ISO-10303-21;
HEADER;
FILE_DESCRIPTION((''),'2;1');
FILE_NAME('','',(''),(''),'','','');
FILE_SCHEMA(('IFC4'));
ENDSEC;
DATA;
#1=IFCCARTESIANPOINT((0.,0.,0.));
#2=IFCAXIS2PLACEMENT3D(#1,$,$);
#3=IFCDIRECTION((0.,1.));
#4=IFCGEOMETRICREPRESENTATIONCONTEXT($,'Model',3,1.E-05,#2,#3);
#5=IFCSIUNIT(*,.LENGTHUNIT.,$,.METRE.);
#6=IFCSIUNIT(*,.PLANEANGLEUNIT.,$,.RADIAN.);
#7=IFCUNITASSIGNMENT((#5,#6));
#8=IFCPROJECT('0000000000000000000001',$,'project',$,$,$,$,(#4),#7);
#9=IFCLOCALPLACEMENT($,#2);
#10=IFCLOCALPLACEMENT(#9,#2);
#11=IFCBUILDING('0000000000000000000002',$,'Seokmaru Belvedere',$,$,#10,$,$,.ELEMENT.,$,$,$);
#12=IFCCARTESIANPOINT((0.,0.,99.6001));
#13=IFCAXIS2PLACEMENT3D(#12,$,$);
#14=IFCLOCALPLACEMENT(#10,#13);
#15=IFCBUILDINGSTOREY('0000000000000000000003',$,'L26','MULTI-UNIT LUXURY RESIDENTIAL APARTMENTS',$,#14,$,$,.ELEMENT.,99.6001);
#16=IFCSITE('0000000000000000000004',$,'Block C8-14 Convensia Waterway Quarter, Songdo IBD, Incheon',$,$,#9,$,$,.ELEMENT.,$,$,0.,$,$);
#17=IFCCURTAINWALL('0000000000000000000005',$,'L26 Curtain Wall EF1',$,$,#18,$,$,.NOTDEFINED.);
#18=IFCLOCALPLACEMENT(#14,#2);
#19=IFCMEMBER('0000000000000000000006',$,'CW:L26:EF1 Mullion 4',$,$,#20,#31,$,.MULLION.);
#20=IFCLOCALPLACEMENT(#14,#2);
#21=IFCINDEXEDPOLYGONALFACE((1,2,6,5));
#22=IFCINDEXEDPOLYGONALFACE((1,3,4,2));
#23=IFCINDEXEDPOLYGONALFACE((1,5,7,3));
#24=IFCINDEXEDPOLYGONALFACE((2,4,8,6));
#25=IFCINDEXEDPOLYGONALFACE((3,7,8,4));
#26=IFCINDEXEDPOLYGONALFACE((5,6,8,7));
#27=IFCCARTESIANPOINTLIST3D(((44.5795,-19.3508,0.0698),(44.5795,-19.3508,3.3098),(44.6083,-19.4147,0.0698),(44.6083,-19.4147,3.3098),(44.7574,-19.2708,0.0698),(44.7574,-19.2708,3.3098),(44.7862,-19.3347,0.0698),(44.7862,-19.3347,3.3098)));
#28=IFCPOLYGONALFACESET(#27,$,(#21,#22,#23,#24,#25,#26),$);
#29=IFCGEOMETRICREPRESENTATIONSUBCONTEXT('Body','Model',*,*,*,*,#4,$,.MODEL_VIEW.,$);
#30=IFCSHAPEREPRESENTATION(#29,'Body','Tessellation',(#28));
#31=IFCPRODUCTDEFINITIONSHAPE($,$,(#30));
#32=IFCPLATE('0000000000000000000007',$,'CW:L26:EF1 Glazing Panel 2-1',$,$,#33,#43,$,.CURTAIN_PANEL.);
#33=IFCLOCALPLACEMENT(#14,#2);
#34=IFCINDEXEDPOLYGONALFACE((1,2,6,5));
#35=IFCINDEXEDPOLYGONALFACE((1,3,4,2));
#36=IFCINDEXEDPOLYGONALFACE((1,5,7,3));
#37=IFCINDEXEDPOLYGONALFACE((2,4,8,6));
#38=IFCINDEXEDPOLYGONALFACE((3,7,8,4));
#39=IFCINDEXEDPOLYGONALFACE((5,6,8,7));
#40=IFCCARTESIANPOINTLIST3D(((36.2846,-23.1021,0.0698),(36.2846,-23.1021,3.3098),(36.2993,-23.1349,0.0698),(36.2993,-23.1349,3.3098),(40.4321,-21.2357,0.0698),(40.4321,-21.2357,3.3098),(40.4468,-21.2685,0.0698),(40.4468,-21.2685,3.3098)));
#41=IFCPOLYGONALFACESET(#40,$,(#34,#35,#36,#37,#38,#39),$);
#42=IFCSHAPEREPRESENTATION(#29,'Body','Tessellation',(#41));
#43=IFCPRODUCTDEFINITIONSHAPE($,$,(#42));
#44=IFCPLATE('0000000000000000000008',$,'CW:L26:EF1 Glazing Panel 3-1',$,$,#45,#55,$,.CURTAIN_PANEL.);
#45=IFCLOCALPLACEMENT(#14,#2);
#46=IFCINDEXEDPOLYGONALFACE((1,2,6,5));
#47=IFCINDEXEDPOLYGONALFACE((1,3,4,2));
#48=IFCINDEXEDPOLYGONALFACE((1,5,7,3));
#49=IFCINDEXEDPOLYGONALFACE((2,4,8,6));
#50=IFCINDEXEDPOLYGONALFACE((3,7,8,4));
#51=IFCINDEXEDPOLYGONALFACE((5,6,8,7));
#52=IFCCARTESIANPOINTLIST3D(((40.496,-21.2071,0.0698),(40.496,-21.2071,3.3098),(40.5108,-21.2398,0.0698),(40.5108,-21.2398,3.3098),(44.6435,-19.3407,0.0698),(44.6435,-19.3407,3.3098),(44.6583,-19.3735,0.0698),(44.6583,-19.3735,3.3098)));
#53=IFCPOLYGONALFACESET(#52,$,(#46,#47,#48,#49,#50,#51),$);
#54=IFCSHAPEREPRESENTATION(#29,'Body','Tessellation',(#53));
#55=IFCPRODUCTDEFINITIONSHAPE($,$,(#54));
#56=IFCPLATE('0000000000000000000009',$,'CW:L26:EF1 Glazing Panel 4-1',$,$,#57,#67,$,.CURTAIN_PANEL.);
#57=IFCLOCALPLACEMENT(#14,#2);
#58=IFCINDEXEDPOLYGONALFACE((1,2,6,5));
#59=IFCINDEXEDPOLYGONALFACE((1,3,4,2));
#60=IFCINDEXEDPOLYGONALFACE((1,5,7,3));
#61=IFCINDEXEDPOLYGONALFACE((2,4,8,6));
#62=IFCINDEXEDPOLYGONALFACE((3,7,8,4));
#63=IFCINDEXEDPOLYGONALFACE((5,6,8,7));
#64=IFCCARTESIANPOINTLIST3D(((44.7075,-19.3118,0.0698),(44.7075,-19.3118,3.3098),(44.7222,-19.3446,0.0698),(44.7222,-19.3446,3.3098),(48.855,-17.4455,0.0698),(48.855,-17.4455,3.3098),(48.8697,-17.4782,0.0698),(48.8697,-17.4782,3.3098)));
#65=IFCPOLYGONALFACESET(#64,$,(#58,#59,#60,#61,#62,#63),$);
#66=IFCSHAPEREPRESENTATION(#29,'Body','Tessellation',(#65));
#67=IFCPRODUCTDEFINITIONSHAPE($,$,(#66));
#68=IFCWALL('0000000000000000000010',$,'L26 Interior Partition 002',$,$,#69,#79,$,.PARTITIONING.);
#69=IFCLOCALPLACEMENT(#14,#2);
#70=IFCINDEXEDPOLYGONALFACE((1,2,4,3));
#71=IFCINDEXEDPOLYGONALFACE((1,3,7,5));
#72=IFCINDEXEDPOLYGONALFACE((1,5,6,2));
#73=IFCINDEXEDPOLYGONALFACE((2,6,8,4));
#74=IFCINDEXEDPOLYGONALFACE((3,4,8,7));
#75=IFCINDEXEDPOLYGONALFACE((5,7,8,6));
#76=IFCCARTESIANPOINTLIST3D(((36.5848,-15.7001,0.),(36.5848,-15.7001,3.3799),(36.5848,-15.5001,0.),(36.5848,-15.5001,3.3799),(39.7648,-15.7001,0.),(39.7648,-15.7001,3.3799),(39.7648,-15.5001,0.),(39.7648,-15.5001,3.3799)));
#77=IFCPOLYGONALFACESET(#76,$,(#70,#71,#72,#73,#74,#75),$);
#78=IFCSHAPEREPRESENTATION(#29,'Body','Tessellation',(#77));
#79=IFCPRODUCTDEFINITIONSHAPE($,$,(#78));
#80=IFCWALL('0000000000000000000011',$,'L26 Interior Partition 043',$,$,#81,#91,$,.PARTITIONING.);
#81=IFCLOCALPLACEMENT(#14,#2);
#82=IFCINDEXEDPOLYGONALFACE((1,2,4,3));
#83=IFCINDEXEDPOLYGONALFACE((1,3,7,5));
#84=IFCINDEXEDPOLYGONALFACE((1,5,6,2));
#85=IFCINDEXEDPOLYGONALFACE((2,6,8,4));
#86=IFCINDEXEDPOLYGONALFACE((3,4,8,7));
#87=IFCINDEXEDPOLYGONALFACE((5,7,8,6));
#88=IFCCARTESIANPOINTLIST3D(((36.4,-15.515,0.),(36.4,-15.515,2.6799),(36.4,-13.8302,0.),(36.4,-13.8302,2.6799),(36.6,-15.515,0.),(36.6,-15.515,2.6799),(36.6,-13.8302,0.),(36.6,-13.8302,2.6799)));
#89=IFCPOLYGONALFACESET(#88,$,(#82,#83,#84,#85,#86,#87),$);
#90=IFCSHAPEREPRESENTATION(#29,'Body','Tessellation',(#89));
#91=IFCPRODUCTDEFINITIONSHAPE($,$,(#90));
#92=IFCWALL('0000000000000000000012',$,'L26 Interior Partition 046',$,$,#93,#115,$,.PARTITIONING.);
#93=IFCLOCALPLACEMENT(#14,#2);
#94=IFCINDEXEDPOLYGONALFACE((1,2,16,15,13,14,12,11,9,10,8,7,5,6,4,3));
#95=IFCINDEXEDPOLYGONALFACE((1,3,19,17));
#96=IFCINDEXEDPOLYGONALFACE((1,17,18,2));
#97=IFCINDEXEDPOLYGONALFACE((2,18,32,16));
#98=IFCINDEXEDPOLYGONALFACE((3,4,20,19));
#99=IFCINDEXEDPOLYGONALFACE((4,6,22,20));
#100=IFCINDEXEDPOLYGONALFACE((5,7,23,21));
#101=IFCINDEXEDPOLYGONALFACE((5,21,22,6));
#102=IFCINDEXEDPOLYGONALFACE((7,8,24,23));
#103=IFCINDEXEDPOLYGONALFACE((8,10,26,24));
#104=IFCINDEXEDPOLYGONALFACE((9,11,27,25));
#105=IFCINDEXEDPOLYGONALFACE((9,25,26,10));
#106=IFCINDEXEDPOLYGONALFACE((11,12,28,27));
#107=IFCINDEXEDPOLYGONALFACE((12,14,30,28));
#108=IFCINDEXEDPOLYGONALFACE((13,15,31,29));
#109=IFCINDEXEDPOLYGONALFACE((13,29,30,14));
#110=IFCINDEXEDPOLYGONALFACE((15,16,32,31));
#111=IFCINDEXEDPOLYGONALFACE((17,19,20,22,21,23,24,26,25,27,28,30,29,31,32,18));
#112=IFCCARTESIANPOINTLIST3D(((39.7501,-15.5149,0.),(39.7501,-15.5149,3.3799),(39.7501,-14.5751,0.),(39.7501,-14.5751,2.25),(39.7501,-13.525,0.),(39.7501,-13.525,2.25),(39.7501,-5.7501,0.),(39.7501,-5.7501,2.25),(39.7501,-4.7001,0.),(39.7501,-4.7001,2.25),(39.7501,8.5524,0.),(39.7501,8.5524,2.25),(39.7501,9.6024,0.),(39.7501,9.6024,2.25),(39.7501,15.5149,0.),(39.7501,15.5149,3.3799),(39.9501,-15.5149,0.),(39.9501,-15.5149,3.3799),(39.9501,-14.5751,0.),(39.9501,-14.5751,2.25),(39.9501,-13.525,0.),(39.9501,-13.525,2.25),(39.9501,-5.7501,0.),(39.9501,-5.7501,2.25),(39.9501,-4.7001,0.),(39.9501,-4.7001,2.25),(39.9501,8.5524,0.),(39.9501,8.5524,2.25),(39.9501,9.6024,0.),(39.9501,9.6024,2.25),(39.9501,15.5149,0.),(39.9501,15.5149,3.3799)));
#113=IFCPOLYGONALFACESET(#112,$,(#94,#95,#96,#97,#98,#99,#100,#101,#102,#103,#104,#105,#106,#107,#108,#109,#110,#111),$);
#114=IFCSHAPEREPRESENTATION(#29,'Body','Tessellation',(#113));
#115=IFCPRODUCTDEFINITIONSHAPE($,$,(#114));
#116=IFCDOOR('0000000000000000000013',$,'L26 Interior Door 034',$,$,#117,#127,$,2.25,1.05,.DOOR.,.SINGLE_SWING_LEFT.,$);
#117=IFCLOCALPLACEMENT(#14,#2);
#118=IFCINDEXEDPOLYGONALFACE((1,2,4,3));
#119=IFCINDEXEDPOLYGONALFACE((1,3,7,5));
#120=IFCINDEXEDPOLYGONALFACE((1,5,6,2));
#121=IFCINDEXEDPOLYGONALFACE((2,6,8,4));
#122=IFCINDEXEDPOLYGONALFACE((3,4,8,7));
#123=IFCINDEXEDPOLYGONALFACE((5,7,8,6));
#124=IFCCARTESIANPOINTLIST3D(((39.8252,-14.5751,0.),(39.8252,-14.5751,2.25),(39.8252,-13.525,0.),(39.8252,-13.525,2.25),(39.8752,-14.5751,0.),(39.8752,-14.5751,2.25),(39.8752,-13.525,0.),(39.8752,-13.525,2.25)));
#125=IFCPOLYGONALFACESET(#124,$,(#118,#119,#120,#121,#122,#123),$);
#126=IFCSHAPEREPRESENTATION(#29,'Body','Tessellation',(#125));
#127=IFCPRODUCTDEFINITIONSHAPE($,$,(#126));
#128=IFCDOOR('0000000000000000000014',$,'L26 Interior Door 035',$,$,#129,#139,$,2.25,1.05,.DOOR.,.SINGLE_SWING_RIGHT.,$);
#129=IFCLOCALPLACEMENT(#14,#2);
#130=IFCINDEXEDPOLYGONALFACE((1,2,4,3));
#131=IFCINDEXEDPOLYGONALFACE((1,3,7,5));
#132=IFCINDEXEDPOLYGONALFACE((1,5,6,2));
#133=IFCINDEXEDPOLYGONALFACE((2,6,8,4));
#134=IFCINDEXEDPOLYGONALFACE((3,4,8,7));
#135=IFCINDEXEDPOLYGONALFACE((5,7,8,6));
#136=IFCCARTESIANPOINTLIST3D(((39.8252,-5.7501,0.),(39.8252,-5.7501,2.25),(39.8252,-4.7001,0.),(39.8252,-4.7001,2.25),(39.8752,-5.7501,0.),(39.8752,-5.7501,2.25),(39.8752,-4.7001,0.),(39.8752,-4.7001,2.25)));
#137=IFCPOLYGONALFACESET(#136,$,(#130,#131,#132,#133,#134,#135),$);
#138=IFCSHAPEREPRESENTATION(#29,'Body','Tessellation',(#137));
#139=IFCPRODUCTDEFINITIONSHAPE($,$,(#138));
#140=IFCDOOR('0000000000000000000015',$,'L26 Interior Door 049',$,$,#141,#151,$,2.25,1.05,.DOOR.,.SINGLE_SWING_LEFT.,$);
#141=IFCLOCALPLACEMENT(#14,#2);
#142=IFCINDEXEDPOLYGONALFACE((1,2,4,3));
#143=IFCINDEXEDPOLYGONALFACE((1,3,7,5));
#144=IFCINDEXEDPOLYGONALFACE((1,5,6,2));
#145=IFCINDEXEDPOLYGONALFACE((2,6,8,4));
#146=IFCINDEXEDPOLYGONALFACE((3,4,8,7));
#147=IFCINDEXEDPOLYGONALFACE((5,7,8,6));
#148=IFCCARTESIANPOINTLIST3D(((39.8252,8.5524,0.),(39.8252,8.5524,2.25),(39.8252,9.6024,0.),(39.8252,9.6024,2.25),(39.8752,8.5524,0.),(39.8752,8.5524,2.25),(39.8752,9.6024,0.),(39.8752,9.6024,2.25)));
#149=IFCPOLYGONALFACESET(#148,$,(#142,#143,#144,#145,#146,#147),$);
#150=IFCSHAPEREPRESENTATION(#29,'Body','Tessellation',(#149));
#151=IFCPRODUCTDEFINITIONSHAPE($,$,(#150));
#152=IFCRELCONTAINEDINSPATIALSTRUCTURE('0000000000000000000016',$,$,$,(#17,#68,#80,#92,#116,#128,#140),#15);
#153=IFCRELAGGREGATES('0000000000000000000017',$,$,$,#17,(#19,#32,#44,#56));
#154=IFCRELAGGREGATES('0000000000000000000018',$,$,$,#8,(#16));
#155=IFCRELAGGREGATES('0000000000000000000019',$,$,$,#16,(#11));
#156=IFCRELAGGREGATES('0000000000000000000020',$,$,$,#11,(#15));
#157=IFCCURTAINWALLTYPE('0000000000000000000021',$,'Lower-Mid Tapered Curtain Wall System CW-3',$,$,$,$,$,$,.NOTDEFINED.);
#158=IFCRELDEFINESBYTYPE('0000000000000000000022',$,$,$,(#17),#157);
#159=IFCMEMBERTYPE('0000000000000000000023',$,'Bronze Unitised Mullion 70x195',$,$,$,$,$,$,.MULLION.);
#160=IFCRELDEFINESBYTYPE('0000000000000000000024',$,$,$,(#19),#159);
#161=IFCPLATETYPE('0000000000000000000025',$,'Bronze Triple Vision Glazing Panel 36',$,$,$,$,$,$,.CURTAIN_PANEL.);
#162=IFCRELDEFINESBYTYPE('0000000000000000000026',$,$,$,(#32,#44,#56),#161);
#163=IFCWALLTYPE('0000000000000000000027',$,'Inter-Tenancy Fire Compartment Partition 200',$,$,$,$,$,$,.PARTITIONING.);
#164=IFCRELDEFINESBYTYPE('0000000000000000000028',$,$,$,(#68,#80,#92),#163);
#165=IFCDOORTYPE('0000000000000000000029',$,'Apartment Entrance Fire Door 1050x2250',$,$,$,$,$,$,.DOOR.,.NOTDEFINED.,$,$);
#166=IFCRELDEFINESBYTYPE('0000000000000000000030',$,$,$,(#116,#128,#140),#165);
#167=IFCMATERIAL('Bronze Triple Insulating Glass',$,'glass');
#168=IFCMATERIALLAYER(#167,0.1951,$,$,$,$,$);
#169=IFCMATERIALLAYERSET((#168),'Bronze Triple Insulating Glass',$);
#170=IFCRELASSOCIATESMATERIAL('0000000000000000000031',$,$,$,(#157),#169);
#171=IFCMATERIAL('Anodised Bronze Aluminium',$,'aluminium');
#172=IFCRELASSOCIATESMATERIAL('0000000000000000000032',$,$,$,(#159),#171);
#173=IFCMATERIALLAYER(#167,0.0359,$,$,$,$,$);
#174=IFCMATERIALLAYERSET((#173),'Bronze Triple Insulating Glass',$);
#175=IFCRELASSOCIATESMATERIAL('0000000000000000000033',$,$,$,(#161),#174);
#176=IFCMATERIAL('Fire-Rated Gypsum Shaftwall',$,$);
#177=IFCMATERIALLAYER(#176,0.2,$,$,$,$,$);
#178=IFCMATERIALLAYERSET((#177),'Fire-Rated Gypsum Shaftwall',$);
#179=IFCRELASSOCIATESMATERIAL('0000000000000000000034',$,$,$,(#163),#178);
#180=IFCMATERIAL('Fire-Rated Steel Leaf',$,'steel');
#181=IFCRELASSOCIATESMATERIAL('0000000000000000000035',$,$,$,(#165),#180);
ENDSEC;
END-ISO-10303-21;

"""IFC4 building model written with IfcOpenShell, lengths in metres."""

from ifc_helpers import new_model, si_unit, direction, frame, frame_2d, origin, origin_2d, place, context, subcontext, project, spatial, rectangle, extrude, source, transform, mapped, material, layer, layer_set, material_profile, profile_set, type_object, type_shapes, element, fill, aggregate, save


model = new_model("IFC4")

# Units and contexts
model_context = context("Model", 3, precision=1e-05, world=origin(), true_north=direction((0.0, 1.0)))
body_context = subcontext(model_context, "Body", "Model", "MODEL_VIEW")
ifc_project = project(units=[si_unit("LENGTHUNIT", "METRE"), si_unit("PLANEANGLEUNIT", "RADIAN")], contexts=[model_context])

# Site, building, storey
site_placement = place(None, origin())
site = spatial("IfcSite", under=ifc_project, at=site_placement, Name="Block C8-14 Convensia Waterway Quarter, Songdo IBD, Incheon", CompositionType="ELEMENT", RefElevation=0.0)
building_placement = place(site_placement, origin())
building = spatial("IfcBuilding", under=site, at=building_placement, Name="Seokmaru Belvedere", CompositionType="ELEMENT")
storey_placement = place(building_placement, frame((0.0, 0.0, 99.6001)))
storey = spatial("IfcBuildingStorey", under=building, at=storey_placement, Name="L26", Description="MULTI-UNIT LUXURY RESIDENTIAL APARTMENTS", CompositionType="ELEMENT", Elevation=99.6001)

# Curtain wall, member, plates
ifc_material_1 = material(Name="Bronze Triple Insulating Glass", Category="glass")
ifc_layer_1 = layer(ifc_material_1, 0.1951)
ifc_layer_set_1 = layer_set([ifc_layer_1], Name="Bronze Triple Insulating Glass")
curtain_wall_type = type_object("IfcCurtainWallType", Name="Lower-Mid Tapered Curtain Wall System CW-3", PredefinedType="NOTDEFINED", material=ifc_layer_set_1)
curtain_wall_placement = place(storey_placement, origin())
curtain_wall = element("IfcCurtainWall", 1, at=curtain_wall_placement, inside=storey, type_object=curtain_wall_type, Name="L26 Curtain Wall EF1", PredefinedType="NOTDEFINED")
ifc_material_2 = material(Name="Anodised Bronze Aluminium", Category="aluminium")
ifc_material_profile_1 = material_profile(ifc_material_2, rectangle(XDim=0.0701, YDim=0.1951, at=origin_2d()), Name="CW-M-70x195")
ifc_profile_set_1 = profile_set([ifc_material_profile_1], Name="Anodised Bronze Aluminium")
member_type = type_object("IfcMemberType", Name="Bronze Unitised Mullion 70x195", PredefinedType="MULLION", material=ifc_profile_set_1)
shared_shape_1 = source(origin(), body_context, "Body", "SweptSolid", [
    extrude(rectangle(XDim=0.0701, YDim=0.1951, at=origin_2d()), origin(), (0.0, 0.0, 1.0), 3.24),
])
type_shapes(member_type, [shared_shape_1])
member_1_placement = place(storey_placement, frame((44.6829, -19.3428, 0.0698), z_axis=(0.0, 0.0, 1.0), x_axis=(-0.410366, 0.911921, 0.0)))
member_1 = element("IfcMember", 2, at=member_1_placement, type_object=member_type, Name="CW:L26:EF1 Mullion 4", PredefinedType="MULLION", context=body_context, shape_type="MappedRepresentation", body=[
    mapped(shared_shape_1, transform((0.0, 0.0, 0.0), scale=1.0)),
])
ifc_layer_2 = layer(ifc_material_1, 0.0359)
ifc_layer_set_2 = layer_set([ifc_layer_2], Name="Bronze Triple Insulating Glass")
plate_type = type_object("IfcPlateType", Name="Bronze Triple Vision Glazing Panel 36", PredefinedType="CURTAIN_PANEL", material=ifc_layer_set_2)
shared_shape_2 = source(origin(), body_context, "Body", "SweptSolid", [
    extrude(rectangle(XDim=4.5481, YDim=0.0359, at=origin_2d()), origin(), (0.0, 0.0, 1.0), 3.24),
])
type_shapes(plate_type, [shared_shape_2])
plate_1_placement = place(storey_placement, frame((38.3657, -22.1853, 0.0698), z_axis=(0.0, 0.0, 1.0), x_axis=(0.911921, 0.410366, 0.0)))
plate_1 = element("IfcPlate", 3, at=plate_1_placement, type_object=plate_type, Name="CW:L26:EF1 Glazing Panel 2-1", PredefinedType="CURTAIN_PANEL", context=body_context, shape_type="MappedRepresentation", body=[
    mapped(shared_shape_2, transform((0.0, 0.0, 0.0), scale=1.0)),
])
plate_2_placement = place(storey_placement, frame((42.5771, -20.2903, 0.0698), z_axis=(0.0, 0.0, 1.0), x_axis=(0.911921, 0.410366, 0.0)))
plate_2 = element("IfcPlate", 4, at=plate_2_placement, type_object=plate_type, Name="CW:L26:EF1 Glazing Panel 3-1", PredefinedType="CURTAIN_PANEL", context=body_context, shape_type="MappedRepresentation", body=[
    mapped(shared_shape_2, transform((0.0, 0.0, 0.0), scale=1.0)),
])
plate_3_placement = place(storey_placement, frame((46.7886, -18.395, 0.0698), z_axis=(0.0, 0.0, 1.0), x_axis=(0.911921, 0.410366, 0.0)))
plate_3 = element("IfcPlate", 5, at=plate_3_placement, type_object=plate_type, Name="CW:L26:EF1 Glazing Panel 4-1", PredefinedType="CURTAIN_PANEL", context=body_context, shape_type="MappedRepresentation", body=[
    mapped(shared_shape_2, transform((0.0, 0.0, 0.0), scale=1.0)),
])
aggregate(curtain_wall, [member_1, plate_1, plate_2, plate_3])

# Walls
ifc_material_3 = material(Name="Fire-Rated Gypsum Shaftwall")
ifc_layer_3 = layer(ifc_material_3, 0.2)
ifc_layer_set_3 = layer_set([ifc_layer_3], Name="Fire-Rated Gypsum Shaftwall")
wall_type_1 = type_object("IfcWallType", Name="Inter-Tenancy Fire Compartment Partition 200", PredefinedType="PARTITIONING", material=ifc_layer_set_3)
wall_1_placement = place(storey_placement, frame((36.585, -15.6001, 0.0), z_axis=(0.0, 0.0, 1.0), x_axis=(1.0, 0.0, 0.0)))
element("IfcWall", 6, at=wall_1_placement, inside=storey, type_object=wall_type_1, Name="L26 Interior Partition 002", PredefinedType="PARTITIONING", context=body_context, shape_type="SweptSolid", body=[
    extrude(rectangle(XDim=3.1799, YDim=0.2, at=frame_2d((1.5898, 0.0))), origin(), (0.0, 0.0, 1.0), 3.3799),
])
wall_2_placement = place(storey_placement, frame((36.5, -15.5149, 0.0), z_axis=(0.0, 0.0, 1.0), x_axis=(0.0, 1.0, 0.0)))
element("IfcWall", 7, at=wall_2_placement, inside=storey, type_object=wall_type_1, Name="L26 Interior Partition 043", PredefinedType="PARTITIONING", context=body_context, shape_type="SweptSolid", body=[
    extrude(rectangle(XDim=1.6848, YDim=0.2, at=frame_2d((0.8423, 0.0))), origin(), (0.0, 0.0, 1.0), 2.6799),
])

# Wall, openings, doors
wall_3_placement = place(storey_placement, frame((39.8501, -15.5149, 0.0), z_axis=(0.0, 0.0, 1.0), x_axis=(0.0, 1.0, 0.0)))
wall_3 = element("IfcWall", 8, at=wall_3_placement, inside=storey, type_object=wall_type_1, Name="L26 Interior Partition 046", PredefinedType="PARTITIONING", context=body_context, shape_type="SweptSolid", body=[
    extrude(rectangle(XDim=31.0298, YDim=0.2, at=frame_2d((15.5149, 0.0))), origin(), (0.0, 0.0, 1.0), 3.3799),
])
opening_1_placement = place(wall_3_placement, frame((0.9399, 0.0, 0.0)))
opening_1 = element("IfcOpeningElement", 9, at=opening_1_placement, cuts=wall_3, PredefinedType="OPENING", context=body_context, shape_type="SweptSolid", body=[
    extrude(rectangle(XDim=1.05, YDim=2.25, at=frame_2d((0.5249, 1.125))), frame((0.0, 0.1099, 0.0), z_axis=(0.0, -1.0, 0.0), x_axis=(1.0, 0.0, 0.0)), (0.0, 0.0, 1.0), 0.22),
])
opening_2_placement = place(wall_3_placement, frame((9.7649, 0.0, 0.0)))
opening_2 = element("IfcOpeningElement", 10, at=opening_2_placement, cuts=wall_3, PredefinedType="OPENING", context=body_context, shape_type="SweptSolid", body=[
    extrude(rectangle(XDim=1.05, YDim=2.25, at=frame_2d((0.5249, 1.125))), frame((0.0, 0.1099, 0.0), z_axis=(0.0, -1.0, 0.0), x_axis=(1.0, 0.0, 0.0)), (0.0, 0.0, 1.0), 0.22),
])
opening_3_placement = place(wall_3_placement, frame((24.0674, 0.0, 0.0)))
opening_3 = element("IfcOpeningElement", 11, at=opening_3_placement, cuts=wall_3, PredefinedType="OPENING", context=body_context, shape_type="SweptSolid", body=[
    extrude(rectangle(XDim=1.05, YDim=2.25, at=frame_2d((0.5249, 1.125))), frame((0.0, 0.1099, 0.0), z_axis=(0.0, -1.0, 0.0), x_axis=(1.0, 0.0, 0.0)), (0.0, 0.0, 1.0), 0.22),
])
ifc_material_4 = material(Name="Fire-Rated Steel Leaf", Category="steel")
door_type_1 = type_object("IfcDoorType", Name="Apartment Entrance Fire Door 1050x2250", OperationType="NOTDEFINED", PredefinedType="DOOR", material=ifc_material_4)
shared_shape_3 = source(origin(), body_context, "Body", "SweptSolid", [
    extrude(rectangle(XDim=1.05, YDim=2.25, at=frame_2d((0.5249, 1.125))), frame((0.0, 0.0249, 0.0), z_axis=(0.0, -1.0, 0.0), x_axis=(1.0, 0.0, 0.0)), (0.0, 0.0, 1.0), 0.05),
])
type_shapes(door_type_1, [shared_shape_3])
door_1_placement = place(opening_1_placement, origin())
door_1 = element("IfcDoor", 12, at=door_1_placement, inside=storey, type_object=door_type_1, Name="L26 Interior Door 034", OperationType="SINGLE_SWING_LEFT", OverallHeight=2.25, OverallWidth=1.05, PredefinedType="DOOR", context=body_context, shape_type="MappedRepresentation", body=[
    mapped(shared_shape_3, transform((0.0, 0.0, 0.0), scale=1.0)),
])
fill(opening_1, door_1)
door_2_placement = place(opening_2_placement, origin())
door_2 = element("IfcDoor", 13, at=door_2_placement, inside=storey, type_object=door_type_1, Name="L26 Interior Door 035", OperationType="SINGLE_SWING_RIGHT", OverallHeight=2.25, OverallWidth=1.05, PredefinedType="DOOR", context=body_context, shape_type="MappedRepresentation", body=[
    mapped(shared_shape_3, transform((0.0, 0.0, 0.0), scale=1.0)),
])
fill(opening_2, door_2)
door_3_placement = place(opening_3_placement, origin())
door_3 = element("IfcDoor", 14, at=door_3_placement, inside=storey, type_object=door_type_1, Name="L26 Interior Door 049", OperationType="SINGLE_SWING_LEFT", OverallHeight=2.25, OverallWidth=1.05, PredefinedType="DOOR", context=body_context, shape_type="MappedRepresentation", body=[
    mapped(shared_shape_3, transform((0.0, 0.0, 0.0), scale=1.0)),
])
fill(opening_3, door_3)

save(model, "model.ifc")
